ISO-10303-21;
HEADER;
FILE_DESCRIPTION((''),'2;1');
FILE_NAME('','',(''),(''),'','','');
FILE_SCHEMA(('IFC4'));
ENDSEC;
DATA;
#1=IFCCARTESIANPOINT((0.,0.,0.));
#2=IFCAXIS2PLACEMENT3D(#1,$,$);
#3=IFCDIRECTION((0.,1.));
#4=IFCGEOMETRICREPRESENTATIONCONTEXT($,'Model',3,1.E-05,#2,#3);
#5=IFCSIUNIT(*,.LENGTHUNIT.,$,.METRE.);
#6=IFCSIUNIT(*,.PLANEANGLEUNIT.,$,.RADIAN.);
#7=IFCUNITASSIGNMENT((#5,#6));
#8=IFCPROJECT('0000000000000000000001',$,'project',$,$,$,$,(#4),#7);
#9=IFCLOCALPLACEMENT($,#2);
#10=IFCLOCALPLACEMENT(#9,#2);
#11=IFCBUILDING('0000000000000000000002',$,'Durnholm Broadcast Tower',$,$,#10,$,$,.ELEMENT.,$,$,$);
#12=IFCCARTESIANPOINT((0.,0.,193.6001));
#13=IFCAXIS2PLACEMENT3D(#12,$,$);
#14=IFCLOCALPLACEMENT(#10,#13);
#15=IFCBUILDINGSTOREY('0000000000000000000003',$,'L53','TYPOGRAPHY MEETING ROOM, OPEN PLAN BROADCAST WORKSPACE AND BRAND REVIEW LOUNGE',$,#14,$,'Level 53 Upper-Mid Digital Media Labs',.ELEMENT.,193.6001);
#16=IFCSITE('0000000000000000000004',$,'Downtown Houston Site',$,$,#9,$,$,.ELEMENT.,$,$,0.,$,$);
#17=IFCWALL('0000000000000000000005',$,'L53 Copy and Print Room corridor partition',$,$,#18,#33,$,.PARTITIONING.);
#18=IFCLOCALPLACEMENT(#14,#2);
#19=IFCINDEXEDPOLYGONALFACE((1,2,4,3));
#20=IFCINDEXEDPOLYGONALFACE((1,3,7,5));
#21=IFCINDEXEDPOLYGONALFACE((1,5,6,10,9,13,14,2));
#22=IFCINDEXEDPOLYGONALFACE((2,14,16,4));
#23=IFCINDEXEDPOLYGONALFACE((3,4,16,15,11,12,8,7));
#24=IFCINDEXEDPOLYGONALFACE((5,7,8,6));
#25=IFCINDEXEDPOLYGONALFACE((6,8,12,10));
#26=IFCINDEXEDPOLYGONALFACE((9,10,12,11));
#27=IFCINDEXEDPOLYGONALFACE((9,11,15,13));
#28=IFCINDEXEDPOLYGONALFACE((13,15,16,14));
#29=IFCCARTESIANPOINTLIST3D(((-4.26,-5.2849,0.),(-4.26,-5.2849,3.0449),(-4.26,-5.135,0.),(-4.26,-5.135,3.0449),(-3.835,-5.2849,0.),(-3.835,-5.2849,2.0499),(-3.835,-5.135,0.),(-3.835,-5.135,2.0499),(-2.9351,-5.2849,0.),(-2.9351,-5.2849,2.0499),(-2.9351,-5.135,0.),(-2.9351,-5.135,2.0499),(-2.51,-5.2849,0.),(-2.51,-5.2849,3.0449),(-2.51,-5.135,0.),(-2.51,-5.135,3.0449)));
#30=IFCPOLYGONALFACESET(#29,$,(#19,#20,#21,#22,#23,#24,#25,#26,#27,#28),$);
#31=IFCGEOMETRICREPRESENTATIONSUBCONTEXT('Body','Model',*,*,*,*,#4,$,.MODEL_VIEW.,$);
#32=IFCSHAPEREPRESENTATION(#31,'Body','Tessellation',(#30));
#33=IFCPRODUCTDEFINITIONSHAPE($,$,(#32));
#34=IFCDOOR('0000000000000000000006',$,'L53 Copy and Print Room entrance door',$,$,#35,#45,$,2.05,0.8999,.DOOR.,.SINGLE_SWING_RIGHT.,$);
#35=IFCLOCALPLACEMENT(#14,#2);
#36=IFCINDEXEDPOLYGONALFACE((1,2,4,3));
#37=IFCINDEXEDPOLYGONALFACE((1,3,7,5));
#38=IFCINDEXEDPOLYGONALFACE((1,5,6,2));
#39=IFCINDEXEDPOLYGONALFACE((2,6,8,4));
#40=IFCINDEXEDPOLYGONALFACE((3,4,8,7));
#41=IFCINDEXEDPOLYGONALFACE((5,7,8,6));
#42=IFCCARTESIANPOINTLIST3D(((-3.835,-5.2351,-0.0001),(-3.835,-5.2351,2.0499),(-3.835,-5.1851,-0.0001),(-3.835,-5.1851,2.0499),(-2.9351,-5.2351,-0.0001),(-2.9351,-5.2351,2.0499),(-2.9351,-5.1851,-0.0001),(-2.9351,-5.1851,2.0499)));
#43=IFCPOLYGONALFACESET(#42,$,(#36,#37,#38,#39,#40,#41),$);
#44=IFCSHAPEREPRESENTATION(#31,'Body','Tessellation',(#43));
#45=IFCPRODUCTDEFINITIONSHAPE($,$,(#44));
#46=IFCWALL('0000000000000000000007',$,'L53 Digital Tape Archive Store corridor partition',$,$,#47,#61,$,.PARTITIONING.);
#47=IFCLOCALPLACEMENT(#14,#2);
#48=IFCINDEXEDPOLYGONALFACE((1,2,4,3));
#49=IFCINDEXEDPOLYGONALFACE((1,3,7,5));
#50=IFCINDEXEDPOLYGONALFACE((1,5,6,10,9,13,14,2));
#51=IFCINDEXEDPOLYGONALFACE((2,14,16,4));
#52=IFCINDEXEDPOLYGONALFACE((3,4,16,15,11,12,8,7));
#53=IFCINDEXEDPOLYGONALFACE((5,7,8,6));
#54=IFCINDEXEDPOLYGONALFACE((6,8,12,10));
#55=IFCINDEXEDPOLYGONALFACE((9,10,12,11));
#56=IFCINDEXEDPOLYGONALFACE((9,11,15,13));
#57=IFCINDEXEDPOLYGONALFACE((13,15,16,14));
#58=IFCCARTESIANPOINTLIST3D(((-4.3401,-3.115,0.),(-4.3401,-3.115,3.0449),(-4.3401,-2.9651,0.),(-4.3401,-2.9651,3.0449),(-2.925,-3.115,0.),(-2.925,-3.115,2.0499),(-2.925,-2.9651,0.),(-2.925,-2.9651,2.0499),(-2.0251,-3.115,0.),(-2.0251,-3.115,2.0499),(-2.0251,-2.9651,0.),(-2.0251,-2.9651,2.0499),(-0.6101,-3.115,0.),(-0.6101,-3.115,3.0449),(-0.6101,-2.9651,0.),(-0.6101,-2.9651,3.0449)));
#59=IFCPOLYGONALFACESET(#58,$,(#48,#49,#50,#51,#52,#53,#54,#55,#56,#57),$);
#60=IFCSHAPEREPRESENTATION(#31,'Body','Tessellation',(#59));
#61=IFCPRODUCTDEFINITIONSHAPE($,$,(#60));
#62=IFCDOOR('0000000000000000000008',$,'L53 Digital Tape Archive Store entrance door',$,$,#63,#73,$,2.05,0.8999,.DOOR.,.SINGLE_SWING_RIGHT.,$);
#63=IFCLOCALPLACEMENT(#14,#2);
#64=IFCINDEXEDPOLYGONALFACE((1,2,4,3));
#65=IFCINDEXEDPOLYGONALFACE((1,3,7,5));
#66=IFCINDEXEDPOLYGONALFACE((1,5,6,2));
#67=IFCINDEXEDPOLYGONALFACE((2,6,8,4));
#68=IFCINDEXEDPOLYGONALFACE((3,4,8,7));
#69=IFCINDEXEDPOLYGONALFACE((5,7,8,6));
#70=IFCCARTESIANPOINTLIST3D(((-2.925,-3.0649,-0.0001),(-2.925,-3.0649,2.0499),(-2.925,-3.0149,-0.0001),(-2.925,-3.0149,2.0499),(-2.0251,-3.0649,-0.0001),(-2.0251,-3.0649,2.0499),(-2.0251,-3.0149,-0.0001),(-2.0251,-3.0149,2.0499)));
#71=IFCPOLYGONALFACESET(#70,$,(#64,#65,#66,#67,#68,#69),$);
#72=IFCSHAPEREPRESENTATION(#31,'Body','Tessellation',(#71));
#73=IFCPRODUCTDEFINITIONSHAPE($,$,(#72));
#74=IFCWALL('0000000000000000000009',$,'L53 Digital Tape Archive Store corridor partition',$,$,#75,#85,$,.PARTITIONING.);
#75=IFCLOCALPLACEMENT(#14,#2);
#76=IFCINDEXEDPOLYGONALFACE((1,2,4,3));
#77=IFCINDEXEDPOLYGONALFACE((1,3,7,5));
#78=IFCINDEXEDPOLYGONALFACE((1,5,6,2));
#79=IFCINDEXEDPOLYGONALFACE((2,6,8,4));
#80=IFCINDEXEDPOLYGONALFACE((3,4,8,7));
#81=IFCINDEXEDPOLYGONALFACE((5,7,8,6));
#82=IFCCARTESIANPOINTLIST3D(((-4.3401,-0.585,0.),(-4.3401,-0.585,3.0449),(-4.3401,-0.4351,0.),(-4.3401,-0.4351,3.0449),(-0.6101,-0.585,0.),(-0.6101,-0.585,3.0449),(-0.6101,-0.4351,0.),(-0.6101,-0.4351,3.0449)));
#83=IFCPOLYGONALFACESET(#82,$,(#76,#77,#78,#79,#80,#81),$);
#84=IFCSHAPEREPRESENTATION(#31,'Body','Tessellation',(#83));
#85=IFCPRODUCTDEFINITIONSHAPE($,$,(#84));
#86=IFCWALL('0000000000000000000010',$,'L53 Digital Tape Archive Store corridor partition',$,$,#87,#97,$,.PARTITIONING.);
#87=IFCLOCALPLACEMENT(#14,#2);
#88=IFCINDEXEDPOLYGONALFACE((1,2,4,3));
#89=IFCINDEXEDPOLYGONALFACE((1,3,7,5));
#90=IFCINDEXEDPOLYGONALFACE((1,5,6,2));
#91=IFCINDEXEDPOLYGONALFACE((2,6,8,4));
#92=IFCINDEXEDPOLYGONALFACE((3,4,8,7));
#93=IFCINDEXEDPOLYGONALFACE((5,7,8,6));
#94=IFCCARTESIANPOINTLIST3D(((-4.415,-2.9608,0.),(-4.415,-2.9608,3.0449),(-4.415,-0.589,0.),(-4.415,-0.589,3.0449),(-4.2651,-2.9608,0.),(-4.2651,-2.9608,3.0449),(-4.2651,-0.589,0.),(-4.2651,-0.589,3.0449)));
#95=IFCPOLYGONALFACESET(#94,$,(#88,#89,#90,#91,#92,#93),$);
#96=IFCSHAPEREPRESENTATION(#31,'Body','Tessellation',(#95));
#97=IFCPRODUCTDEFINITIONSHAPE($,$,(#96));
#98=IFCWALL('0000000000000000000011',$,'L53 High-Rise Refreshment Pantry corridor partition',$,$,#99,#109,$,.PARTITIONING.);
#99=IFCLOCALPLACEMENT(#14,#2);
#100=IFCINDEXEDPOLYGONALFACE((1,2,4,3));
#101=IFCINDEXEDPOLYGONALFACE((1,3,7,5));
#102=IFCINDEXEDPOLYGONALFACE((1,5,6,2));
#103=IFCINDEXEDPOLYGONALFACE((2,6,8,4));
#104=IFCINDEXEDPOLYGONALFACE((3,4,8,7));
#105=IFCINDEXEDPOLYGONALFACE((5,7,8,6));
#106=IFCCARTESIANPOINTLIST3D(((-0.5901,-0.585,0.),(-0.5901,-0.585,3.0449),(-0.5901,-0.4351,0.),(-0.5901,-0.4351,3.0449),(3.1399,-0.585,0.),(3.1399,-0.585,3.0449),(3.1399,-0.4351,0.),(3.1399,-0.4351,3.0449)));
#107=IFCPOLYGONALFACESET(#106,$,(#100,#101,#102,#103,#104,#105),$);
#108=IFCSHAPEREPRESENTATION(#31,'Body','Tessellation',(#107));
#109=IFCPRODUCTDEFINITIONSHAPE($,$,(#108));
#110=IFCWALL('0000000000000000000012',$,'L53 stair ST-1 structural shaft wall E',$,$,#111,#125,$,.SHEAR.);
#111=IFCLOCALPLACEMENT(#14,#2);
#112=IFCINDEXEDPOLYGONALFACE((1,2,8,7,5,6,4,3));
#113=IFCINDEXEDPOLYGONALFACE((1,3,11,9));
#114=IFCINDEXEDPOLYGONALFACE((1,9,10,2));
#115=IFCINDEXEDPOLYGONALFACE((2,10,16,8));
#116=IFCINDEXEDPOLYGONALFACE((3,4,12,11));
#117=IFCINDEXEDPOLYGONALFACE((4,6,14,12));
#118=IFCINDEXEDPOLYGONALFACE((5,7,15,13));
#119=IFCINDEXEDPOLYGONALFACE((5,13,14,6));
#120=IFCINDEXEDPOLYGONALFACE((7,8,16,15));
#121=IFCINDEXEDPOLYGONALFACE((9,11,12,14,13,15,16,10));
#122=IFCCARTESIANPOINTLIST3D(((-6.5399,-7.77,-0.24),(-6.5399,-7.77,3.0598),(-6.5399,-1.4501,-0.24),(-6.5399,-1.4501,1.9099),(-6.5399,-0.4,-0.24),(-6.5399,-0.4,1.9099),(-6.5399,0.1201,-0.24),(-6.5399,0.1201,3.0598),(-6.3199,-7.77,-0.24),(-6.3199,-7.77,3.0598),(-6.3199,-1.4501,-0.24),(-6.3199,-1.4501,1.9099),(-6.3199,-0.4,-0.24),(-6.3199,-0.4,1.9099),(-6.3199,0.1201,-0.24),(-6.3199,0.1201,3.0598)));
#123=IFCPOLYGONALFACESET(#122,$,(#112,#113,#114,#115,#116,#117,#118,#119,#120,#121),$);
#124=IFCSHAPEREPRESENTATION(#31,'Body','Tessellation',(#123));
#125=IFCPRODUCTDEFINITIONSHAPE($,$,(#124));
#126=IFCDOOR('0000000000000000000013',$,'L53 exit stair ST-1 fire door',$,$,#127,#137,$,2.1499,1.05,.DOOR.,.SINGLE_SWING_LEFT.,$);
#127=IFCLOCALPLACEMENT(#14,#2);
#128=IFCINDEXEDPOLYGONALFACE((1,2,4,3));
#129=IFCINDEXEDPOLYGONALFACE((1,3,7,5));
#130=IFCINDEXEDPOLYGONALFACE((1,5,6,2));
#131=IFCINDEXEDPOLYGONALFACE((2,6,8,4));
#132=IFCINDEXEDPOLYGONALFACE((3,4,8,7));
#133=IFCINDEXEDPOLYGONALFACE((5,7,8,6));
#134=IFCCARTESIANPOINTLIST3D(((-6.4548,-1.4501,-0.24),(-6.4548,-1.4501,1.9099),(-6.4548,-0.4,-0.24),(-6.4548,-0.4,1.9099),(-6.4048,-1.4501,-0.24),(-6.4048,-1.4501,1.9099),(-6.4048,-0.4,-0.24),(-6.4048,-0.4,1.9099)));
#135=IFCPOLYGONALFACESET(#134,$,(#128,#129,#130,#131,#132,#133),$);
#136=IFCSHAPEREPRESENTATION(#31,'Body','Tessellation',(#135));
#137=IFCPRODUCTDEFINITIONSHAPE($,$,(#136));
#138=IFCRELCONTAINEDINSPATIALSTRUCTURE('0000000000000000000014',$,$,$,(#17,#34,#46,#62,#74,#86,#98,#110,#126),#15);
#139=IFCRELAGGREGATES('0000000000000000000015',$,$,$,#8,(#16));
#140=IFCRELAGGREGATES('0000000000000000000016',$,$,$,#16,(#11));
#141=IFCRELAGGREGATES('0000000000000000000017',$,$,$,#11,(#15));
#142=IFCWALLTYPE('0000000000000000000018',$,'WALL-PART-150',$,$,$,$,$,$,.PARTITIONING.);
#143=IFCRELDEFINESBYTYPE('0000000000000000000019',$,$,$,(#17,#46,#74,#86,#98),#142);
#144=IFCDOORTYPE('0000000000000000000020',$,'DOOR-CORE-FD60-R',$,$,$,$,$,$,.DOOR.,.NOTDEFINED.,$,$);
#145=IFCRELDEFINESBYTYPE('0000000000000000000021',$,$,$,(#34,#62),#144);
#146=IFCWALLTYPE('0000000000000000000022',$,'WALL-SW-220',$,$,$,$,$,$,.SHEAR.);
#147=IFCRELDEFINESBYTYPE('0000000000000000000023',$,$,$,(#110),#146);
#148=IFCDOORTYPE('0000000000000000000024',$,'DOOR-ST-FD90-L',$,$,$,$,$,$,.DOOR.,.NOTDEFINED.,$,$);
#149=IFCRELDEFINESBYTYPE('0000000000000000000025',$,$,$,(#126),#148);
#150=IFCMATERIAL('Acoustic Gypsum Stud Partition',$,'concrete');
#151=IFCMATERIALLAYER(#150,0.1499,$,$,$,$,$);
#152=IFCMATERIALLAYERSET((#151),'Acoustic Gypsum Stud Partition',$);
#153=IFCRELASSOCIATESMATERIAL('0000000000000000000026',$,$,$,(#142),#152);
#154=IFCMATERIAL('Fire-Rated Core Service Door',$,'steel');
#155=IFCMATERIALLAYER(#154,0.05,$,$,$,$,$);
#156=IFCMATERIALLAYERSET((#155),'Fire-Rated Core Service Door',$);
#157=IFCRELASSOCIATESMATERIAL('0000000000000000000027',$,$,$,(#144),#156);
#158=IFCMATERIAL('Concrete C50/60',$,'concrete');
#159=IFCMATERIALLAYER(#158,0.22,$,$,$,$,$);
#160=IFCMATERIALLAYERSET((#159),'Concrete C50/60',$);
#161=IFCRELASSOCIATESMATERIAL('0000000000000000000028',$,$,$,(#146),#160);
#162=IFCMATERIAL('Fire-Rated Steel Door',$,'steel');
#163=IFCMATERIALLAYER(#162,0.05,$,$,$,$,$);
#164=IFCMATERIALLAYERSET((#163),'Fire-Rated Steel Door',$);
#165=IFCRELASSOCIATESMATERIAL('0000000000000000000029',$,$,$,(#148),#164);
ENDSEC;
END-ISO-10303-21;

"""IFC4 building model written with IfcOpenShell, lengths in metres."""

from ifc_helpers import new_model, si_unit, direction, frame, frame_2d, origin, place, context, subcontext, project, spatial, rectangle, extrude, source, transform, mapped, material, layer, layer_set, type_object, type_shapes, element, fill, save


model = new_model("IFC4")

# Units and contexts
model_context = context("Model", 3, precision=1e-05, world=origin(), true_north=direction((0.0, 1.0)))
body_context = subcontext(model_context, "Body", "Model", "MODEL_VIEW")
ifc_project = project(units=[si_unit("LENGTHUNIT", "METRE"), si_unit("PLANEANGLEUNIT", "RADIAN")], contexts=[model_context])

# Site, building, storey
site_placement = place(None, origin())
site = spatial("IfcSite", under=ifc_project, at=site_placement, Name="Downtown Houston Site", CompositionType="ELEMENT", RefElevation=0.0)
building_placement = place(site_placement, origin())
building = spatial("IfcBuilding", under=site, at=building_placement, Name="Durnholm Broadcast Tower", CompositionType="ELEMENT")
storey_placement = place(building_placement, frame((0.0, 0.0, 193.6001)))
storey = spatial("IfcBuildingStorey", under=building, at=storey_placement, Name="L53", Description="TYPOGRAPHY MEETING ROOM, OPEN PLAN BROADCAST WORKSPACE AND BRAND REVIEW LOUNGE", LongName="Level 53 Upper-Mid Digital Media Labs", CompositionType="ELEMENT", Elevation=193.6001)

# Walls, openings, doors
ifc_material_1 = material(Name="Fire-Rated Core Service Door", Category="steel")
ifc_material_2 = material(Name="Acoustic Gypsum Stud Partition", Category="concrete")
ifc_layer_1 = layer(ifc_material_2, 0.1499)
ifc_layer_set_1 = layer_set([ifc_layer_1], Name="Acoustic Gypsum Stud Partition")
wall_type_1 = type_object("IfcWallType", Name="WALL-PART-150", PredefinedType="PARTITIONING", material=ifc_layer_set_1)
wall_1_placement = place(storey_placement, frame((-4.26, -5.21, 0.0), z_axis=(0.0, 0.0, 1.0), x_axis=(1.0, 0.0, 0.0)))
wall_1 = element("IfcWall", 1, at=wall_1_placement, inside=storey, type_object=wall_type_1, Name="L53 Copy and Print Room corridor partition", PredefinedType="PARTITIONING", context=body_context, shape_type="SweptSolid", body=[
    extrude(rectangle(XDim=1.75, YDim=0.1499, at=frame_2d((0.875, 0.0))), origin(), (0.0, 0.0, 1.0), 3.0449),
])
opening_1_placement = place(wall_1_placement, frame((0.425, 0.0, 0.0)))
opening_1 = element("IfcOpeningElement", 2, at=opening_1_placement, cuts=wall_1, PredefinedType="OPENING", context=body_context, shape_type="SweptSolid", body=[
    extrude(rectangle(XDim=0.8999, YDim=2.05, at=frame_2d((0.45, 1.0249))), frame((0.0, 0.085, 0.0), z_axis=(0.0, -1.0, 0.0), x_axis=(1.0, 0.0, 0.0)), (0.0, 0.0, 1.0), 0.1699),
])
ifc_layer_2 = layer(ifc_material_1, 0.05)
ifc_layer_set_2 = layer_set([ifc_layer_2], Name="Fire-Rated Core Service Door")
door_type_1 = type_object("IfcDoorType", Name="DOOR-CORE-FD60-R", OperationType="NOTDEFINED", PredefinedType="DOOR", material=ifc_layer_set_2)
shared_shape_1 = source(origin(), body_context, "Body", "SweptSolid", [
    extrude(rectangle(XDim=0.8999, YDim=2.05, at=frame_2d((0.45, 1.0249))), frame((0.0, 0.0249, 0.0), z_axis=(0.0, -1.0, 0.0), x_axis=(1.0, 0.0, 0.0)), (0.0, 0.0, 1.0), 0.05),
])
type_shapes(door_type_1, [shared_shape_1])
door_1_placement = place(opening_1_placement, origin())
door_1 = element("IfcDoor", 3, at=door_1_placement, inside=storey, type_object=door_type_1, Name="L53 Copy and Print Room entrance door", OperationType="SINGLE_SWING_RIGHT", OverallHeight=2.05, OverallWidth=0.8999, PredefinedType="DOOR", context=body_context, shape_type="MappedRepresentation", body=[
    mapped(shared_shape_1, transform((0.0, 0.0, 0.0), x_axis=(1.0, 0.0, 0.0), y_axis=(0.0, 1.0, 0.0), z_axis=(0.0, 0.0, 1.0), scale=1.0)),
])
fill(opening_1, door_1)
wall_2_placement = place(storey_placement, frame((-0.6101, -3.04, 0.0), z_axis=(0.0, 0.0, 1.0), x_axis=(-1.0, 0.0, 0.0)))
wall_2 = element("IfcWall", 4, at=wall_2_placement, inside=storey, type_object=wall_type_1, Name="L53 Digital Tape Archive Store corridor partition", PredefinedType="PARTITIONING", context=body_context, shape_type="SweptSolid", body=[
    extrude(rectangle(XDim=3.73, YDim=0.1499, at=frame_2d((1.865, 0.0))), origin(), (0.0, 0.0, 1.0), 3.0449),
])
opening_2_placement = place(wall_2_placement, frame((1.415, 0.0, 0.0)))
opening_2 = element("IfcOpeningElement", 5, at=opening_2_placement, cuts=wall_2, PredefinedType="OPENING", context=body_context, shape_type="SweptSolid", body=[
    extrude(rectangle(XDim=0.8999, YDim=2.05, at=frame_2d((0.45, 1.0249))), frame((0.0, 0.085, 0.0), z_axis=(0.0, -1.0, 0.0), x_axis=(1.0, 0.0, 0.0)), (0.0, 0.0, 1.0), 0.1699),
])
door_2_placement = place(opening_2_placement, origin())
door_2 = element("IfcDoor", 6, at=door_2_placement, inside=storey, type_object=door_type_1, Name="L53 Digital Tape Archive Store entrance door", OperationType="SINGLE_SWING_RIGHT", OverallHeight=2.05, OverallWidth=0.8999, PredefinedType="DOOR", context=body_context, shape_type="MappedRepresentation", body=[
    mapped(shared_shape_1, transform((0.0, 0.0, 0.0), x_axis=(1.0, 0.0, 0.0), y_axis=(0.0, 1.0, 0.0), z_axis=(0.0, 0.0, 1.0), scale=1.0)),
])
fill(opening_2, door_2)

# Walls
wall_3_placement = place(storey_placement, frame((-4.3401, -0.51, 0.0), z_axis=(0.0, 0.0, 1.0), x_axis=(1.0, 0.0, 0.0)))
element("IfcWall", 7, at=wall_3_placement, inside=storey, type_object=wall_type_1, Name="L53 Digital Tape Archive Store corridor partition", PredefinedType="PARTITIONING", context=body_context, shape_type="SweptSolid", body=[
    extrude(rectangle(XDim=3.73, YDim=0.1499, at=frame_2d((1.865, 0.0))), origin(), (0.0, 0.0, 1.0), 3.0449),
])
wall_4_placement = place(storey_placement, frame((-4.3401, -2.9609, 0.0), z_axis=(0.0, 0.0, 1.0), x_axis=(0.0, 1.0, 0.0)))
element("IfcWall", 8, at=wall_4_placement, inside=storey, type_object=wall_type_1, Name="L53 Digital Tape Archive Store corridor partition", PredefinedType="PARTITIONING", context=body_context, shape_type="SweptSolid", body=[
    extrude(rectangle(XDim=2.3718, YDim=0.1499, at=frame_2d((1.186, 0.0))), origin(), (0.0, 0.0, 1.0), 3.0449),
])
wall_5_placement = place(storey_placement, frame((-0.5901, -0.51, 0.0), z_axis=(0.0, 0.0, 1.0), x_axis=(1.0, 0.0, 0.0)))
element("IfcWall", 9, at=wall_5_placement, inside=storey, type_object=wall_type_1, Name="L53 High-Rise Refreshment Pantry corridor partition", PredefinedType="PARTITIONING", context=body_context, shape_type="SweptSolid", body=[
    extrude(rectangle(XDim=3.73, YDim=0.1499, at=frame_2d((1.865, 0.0))), origin(), (0.0, 0.0, 1.0), 3.0449),
])

# Wall, opening, door
ifc_material_3 = material(Name="Concrete C50/60", Category="concrete")
ifc_layer_3 = layer(ifc_material_3, 0.22)
ifc_layer_set_3 = layer_set([ifc_layer_3], Name="Concrete C50/60")
wall_type_2 = type_object("IfcWallType", Name="WALL-SW-220", PredefinedType="SHEAR", material=ifc_layer_set_3)
wall_6_placement = place(storey_placement, frame((-6.4299, -7.77, -0.24), z_axis=(0.0, 0.0, 1.0), x_axis=(0.0, 1.0, 0.0)))
wall_6 = element("IfcWall", 10, at=wall_6_placement, inside=storey, type_object=wall_type_2, Name="L53 stair ST-1 structural shaft wall E", PredefinedType="SHEAR", context=body_context, shape_type="SweptSolid", body=[
    extrude(rectangle(XDim=7.8901, YDim=0.22, at=frame_2d((3.9451, 0.0))), origin(), (0.0, 0.0, 1.0), 3.2998),
])
opening_3_placement = place(wall_6_placement, frame((6.3201, 0.0, 0.0)))
opening_3 = element("IfcOpeningElement", 11, at=opening_3_placement, cuts=wall_6, PredefinedType="OPENING", context=body_context, shape_type="SweptSolid", body=[
    extrude(rectangle(XDim=1.05, YDim=2.1499, at=frame_2d((0.5249, 1.075))), frame((0.0, 0.1201, 0.0), z_axis=(0.0, -1.0, 0.0), x_axis=(1.0, 0.0, 0.0)), (0.0, 0.0, 1.0), 0.24),
])
ifc_material_4 = material(Name="Fire-Rated Steel Door", Category="steel")
ifc_layer_4 = layer(ifc_material_4, 0.05)
ifc_layer_set_4 = layer_set([ifc_layer_4], Name="Fire-Rated Steel Door")
door_type_2 = type_object("IfcDoorType", Name="DOOR-ST-FD90-L", OperationType="NOTDEFINED", PredefinedType="DOOR", material=ifc_layer_set_4)
shared_shape_2 = source(origin(), body_context, "Body", "SweptSolid", [
    extrude(rectangle(XDim=1.05, YDim=2.1499, at=frame_2d((0.5249, 1.075))), frame((0.0, 0.0249, 0.0), z_axis=(0.0, -1.0, 0.0), x_axis=(1.0, 0.0, 0.0)), (0.0, 0.0, 1.0), 0.05),
])
type_shapes(door_type_2, [shared_shape_2])
door_3_placement = place(opening_3_placement, origin())
door_3 = element("IfcDoor", 12, at=door_3_placement, inside=storey, type_object=door_type_2, Name="L53 exit stair ST-1 fire door", OperationType="SINGLE_SWING_LEFT", OverallHeight=2.1499, OverallWidth=1.05, PredefinedType="DOOR", context=body_context, shape_type="MappedRepresentation", body=[
    mapped(shared_shape_2, transform((0.0, 0.0, 0.0), x_axis=(1.0, 0.0, 0.0), y_axis=(0.0, 1.0, 0.0), z_axis=(0.0, 0.0, 1.0), scale=1.0)),
])
fill(opening_3, door_3)

save(model, "model.ifc")
